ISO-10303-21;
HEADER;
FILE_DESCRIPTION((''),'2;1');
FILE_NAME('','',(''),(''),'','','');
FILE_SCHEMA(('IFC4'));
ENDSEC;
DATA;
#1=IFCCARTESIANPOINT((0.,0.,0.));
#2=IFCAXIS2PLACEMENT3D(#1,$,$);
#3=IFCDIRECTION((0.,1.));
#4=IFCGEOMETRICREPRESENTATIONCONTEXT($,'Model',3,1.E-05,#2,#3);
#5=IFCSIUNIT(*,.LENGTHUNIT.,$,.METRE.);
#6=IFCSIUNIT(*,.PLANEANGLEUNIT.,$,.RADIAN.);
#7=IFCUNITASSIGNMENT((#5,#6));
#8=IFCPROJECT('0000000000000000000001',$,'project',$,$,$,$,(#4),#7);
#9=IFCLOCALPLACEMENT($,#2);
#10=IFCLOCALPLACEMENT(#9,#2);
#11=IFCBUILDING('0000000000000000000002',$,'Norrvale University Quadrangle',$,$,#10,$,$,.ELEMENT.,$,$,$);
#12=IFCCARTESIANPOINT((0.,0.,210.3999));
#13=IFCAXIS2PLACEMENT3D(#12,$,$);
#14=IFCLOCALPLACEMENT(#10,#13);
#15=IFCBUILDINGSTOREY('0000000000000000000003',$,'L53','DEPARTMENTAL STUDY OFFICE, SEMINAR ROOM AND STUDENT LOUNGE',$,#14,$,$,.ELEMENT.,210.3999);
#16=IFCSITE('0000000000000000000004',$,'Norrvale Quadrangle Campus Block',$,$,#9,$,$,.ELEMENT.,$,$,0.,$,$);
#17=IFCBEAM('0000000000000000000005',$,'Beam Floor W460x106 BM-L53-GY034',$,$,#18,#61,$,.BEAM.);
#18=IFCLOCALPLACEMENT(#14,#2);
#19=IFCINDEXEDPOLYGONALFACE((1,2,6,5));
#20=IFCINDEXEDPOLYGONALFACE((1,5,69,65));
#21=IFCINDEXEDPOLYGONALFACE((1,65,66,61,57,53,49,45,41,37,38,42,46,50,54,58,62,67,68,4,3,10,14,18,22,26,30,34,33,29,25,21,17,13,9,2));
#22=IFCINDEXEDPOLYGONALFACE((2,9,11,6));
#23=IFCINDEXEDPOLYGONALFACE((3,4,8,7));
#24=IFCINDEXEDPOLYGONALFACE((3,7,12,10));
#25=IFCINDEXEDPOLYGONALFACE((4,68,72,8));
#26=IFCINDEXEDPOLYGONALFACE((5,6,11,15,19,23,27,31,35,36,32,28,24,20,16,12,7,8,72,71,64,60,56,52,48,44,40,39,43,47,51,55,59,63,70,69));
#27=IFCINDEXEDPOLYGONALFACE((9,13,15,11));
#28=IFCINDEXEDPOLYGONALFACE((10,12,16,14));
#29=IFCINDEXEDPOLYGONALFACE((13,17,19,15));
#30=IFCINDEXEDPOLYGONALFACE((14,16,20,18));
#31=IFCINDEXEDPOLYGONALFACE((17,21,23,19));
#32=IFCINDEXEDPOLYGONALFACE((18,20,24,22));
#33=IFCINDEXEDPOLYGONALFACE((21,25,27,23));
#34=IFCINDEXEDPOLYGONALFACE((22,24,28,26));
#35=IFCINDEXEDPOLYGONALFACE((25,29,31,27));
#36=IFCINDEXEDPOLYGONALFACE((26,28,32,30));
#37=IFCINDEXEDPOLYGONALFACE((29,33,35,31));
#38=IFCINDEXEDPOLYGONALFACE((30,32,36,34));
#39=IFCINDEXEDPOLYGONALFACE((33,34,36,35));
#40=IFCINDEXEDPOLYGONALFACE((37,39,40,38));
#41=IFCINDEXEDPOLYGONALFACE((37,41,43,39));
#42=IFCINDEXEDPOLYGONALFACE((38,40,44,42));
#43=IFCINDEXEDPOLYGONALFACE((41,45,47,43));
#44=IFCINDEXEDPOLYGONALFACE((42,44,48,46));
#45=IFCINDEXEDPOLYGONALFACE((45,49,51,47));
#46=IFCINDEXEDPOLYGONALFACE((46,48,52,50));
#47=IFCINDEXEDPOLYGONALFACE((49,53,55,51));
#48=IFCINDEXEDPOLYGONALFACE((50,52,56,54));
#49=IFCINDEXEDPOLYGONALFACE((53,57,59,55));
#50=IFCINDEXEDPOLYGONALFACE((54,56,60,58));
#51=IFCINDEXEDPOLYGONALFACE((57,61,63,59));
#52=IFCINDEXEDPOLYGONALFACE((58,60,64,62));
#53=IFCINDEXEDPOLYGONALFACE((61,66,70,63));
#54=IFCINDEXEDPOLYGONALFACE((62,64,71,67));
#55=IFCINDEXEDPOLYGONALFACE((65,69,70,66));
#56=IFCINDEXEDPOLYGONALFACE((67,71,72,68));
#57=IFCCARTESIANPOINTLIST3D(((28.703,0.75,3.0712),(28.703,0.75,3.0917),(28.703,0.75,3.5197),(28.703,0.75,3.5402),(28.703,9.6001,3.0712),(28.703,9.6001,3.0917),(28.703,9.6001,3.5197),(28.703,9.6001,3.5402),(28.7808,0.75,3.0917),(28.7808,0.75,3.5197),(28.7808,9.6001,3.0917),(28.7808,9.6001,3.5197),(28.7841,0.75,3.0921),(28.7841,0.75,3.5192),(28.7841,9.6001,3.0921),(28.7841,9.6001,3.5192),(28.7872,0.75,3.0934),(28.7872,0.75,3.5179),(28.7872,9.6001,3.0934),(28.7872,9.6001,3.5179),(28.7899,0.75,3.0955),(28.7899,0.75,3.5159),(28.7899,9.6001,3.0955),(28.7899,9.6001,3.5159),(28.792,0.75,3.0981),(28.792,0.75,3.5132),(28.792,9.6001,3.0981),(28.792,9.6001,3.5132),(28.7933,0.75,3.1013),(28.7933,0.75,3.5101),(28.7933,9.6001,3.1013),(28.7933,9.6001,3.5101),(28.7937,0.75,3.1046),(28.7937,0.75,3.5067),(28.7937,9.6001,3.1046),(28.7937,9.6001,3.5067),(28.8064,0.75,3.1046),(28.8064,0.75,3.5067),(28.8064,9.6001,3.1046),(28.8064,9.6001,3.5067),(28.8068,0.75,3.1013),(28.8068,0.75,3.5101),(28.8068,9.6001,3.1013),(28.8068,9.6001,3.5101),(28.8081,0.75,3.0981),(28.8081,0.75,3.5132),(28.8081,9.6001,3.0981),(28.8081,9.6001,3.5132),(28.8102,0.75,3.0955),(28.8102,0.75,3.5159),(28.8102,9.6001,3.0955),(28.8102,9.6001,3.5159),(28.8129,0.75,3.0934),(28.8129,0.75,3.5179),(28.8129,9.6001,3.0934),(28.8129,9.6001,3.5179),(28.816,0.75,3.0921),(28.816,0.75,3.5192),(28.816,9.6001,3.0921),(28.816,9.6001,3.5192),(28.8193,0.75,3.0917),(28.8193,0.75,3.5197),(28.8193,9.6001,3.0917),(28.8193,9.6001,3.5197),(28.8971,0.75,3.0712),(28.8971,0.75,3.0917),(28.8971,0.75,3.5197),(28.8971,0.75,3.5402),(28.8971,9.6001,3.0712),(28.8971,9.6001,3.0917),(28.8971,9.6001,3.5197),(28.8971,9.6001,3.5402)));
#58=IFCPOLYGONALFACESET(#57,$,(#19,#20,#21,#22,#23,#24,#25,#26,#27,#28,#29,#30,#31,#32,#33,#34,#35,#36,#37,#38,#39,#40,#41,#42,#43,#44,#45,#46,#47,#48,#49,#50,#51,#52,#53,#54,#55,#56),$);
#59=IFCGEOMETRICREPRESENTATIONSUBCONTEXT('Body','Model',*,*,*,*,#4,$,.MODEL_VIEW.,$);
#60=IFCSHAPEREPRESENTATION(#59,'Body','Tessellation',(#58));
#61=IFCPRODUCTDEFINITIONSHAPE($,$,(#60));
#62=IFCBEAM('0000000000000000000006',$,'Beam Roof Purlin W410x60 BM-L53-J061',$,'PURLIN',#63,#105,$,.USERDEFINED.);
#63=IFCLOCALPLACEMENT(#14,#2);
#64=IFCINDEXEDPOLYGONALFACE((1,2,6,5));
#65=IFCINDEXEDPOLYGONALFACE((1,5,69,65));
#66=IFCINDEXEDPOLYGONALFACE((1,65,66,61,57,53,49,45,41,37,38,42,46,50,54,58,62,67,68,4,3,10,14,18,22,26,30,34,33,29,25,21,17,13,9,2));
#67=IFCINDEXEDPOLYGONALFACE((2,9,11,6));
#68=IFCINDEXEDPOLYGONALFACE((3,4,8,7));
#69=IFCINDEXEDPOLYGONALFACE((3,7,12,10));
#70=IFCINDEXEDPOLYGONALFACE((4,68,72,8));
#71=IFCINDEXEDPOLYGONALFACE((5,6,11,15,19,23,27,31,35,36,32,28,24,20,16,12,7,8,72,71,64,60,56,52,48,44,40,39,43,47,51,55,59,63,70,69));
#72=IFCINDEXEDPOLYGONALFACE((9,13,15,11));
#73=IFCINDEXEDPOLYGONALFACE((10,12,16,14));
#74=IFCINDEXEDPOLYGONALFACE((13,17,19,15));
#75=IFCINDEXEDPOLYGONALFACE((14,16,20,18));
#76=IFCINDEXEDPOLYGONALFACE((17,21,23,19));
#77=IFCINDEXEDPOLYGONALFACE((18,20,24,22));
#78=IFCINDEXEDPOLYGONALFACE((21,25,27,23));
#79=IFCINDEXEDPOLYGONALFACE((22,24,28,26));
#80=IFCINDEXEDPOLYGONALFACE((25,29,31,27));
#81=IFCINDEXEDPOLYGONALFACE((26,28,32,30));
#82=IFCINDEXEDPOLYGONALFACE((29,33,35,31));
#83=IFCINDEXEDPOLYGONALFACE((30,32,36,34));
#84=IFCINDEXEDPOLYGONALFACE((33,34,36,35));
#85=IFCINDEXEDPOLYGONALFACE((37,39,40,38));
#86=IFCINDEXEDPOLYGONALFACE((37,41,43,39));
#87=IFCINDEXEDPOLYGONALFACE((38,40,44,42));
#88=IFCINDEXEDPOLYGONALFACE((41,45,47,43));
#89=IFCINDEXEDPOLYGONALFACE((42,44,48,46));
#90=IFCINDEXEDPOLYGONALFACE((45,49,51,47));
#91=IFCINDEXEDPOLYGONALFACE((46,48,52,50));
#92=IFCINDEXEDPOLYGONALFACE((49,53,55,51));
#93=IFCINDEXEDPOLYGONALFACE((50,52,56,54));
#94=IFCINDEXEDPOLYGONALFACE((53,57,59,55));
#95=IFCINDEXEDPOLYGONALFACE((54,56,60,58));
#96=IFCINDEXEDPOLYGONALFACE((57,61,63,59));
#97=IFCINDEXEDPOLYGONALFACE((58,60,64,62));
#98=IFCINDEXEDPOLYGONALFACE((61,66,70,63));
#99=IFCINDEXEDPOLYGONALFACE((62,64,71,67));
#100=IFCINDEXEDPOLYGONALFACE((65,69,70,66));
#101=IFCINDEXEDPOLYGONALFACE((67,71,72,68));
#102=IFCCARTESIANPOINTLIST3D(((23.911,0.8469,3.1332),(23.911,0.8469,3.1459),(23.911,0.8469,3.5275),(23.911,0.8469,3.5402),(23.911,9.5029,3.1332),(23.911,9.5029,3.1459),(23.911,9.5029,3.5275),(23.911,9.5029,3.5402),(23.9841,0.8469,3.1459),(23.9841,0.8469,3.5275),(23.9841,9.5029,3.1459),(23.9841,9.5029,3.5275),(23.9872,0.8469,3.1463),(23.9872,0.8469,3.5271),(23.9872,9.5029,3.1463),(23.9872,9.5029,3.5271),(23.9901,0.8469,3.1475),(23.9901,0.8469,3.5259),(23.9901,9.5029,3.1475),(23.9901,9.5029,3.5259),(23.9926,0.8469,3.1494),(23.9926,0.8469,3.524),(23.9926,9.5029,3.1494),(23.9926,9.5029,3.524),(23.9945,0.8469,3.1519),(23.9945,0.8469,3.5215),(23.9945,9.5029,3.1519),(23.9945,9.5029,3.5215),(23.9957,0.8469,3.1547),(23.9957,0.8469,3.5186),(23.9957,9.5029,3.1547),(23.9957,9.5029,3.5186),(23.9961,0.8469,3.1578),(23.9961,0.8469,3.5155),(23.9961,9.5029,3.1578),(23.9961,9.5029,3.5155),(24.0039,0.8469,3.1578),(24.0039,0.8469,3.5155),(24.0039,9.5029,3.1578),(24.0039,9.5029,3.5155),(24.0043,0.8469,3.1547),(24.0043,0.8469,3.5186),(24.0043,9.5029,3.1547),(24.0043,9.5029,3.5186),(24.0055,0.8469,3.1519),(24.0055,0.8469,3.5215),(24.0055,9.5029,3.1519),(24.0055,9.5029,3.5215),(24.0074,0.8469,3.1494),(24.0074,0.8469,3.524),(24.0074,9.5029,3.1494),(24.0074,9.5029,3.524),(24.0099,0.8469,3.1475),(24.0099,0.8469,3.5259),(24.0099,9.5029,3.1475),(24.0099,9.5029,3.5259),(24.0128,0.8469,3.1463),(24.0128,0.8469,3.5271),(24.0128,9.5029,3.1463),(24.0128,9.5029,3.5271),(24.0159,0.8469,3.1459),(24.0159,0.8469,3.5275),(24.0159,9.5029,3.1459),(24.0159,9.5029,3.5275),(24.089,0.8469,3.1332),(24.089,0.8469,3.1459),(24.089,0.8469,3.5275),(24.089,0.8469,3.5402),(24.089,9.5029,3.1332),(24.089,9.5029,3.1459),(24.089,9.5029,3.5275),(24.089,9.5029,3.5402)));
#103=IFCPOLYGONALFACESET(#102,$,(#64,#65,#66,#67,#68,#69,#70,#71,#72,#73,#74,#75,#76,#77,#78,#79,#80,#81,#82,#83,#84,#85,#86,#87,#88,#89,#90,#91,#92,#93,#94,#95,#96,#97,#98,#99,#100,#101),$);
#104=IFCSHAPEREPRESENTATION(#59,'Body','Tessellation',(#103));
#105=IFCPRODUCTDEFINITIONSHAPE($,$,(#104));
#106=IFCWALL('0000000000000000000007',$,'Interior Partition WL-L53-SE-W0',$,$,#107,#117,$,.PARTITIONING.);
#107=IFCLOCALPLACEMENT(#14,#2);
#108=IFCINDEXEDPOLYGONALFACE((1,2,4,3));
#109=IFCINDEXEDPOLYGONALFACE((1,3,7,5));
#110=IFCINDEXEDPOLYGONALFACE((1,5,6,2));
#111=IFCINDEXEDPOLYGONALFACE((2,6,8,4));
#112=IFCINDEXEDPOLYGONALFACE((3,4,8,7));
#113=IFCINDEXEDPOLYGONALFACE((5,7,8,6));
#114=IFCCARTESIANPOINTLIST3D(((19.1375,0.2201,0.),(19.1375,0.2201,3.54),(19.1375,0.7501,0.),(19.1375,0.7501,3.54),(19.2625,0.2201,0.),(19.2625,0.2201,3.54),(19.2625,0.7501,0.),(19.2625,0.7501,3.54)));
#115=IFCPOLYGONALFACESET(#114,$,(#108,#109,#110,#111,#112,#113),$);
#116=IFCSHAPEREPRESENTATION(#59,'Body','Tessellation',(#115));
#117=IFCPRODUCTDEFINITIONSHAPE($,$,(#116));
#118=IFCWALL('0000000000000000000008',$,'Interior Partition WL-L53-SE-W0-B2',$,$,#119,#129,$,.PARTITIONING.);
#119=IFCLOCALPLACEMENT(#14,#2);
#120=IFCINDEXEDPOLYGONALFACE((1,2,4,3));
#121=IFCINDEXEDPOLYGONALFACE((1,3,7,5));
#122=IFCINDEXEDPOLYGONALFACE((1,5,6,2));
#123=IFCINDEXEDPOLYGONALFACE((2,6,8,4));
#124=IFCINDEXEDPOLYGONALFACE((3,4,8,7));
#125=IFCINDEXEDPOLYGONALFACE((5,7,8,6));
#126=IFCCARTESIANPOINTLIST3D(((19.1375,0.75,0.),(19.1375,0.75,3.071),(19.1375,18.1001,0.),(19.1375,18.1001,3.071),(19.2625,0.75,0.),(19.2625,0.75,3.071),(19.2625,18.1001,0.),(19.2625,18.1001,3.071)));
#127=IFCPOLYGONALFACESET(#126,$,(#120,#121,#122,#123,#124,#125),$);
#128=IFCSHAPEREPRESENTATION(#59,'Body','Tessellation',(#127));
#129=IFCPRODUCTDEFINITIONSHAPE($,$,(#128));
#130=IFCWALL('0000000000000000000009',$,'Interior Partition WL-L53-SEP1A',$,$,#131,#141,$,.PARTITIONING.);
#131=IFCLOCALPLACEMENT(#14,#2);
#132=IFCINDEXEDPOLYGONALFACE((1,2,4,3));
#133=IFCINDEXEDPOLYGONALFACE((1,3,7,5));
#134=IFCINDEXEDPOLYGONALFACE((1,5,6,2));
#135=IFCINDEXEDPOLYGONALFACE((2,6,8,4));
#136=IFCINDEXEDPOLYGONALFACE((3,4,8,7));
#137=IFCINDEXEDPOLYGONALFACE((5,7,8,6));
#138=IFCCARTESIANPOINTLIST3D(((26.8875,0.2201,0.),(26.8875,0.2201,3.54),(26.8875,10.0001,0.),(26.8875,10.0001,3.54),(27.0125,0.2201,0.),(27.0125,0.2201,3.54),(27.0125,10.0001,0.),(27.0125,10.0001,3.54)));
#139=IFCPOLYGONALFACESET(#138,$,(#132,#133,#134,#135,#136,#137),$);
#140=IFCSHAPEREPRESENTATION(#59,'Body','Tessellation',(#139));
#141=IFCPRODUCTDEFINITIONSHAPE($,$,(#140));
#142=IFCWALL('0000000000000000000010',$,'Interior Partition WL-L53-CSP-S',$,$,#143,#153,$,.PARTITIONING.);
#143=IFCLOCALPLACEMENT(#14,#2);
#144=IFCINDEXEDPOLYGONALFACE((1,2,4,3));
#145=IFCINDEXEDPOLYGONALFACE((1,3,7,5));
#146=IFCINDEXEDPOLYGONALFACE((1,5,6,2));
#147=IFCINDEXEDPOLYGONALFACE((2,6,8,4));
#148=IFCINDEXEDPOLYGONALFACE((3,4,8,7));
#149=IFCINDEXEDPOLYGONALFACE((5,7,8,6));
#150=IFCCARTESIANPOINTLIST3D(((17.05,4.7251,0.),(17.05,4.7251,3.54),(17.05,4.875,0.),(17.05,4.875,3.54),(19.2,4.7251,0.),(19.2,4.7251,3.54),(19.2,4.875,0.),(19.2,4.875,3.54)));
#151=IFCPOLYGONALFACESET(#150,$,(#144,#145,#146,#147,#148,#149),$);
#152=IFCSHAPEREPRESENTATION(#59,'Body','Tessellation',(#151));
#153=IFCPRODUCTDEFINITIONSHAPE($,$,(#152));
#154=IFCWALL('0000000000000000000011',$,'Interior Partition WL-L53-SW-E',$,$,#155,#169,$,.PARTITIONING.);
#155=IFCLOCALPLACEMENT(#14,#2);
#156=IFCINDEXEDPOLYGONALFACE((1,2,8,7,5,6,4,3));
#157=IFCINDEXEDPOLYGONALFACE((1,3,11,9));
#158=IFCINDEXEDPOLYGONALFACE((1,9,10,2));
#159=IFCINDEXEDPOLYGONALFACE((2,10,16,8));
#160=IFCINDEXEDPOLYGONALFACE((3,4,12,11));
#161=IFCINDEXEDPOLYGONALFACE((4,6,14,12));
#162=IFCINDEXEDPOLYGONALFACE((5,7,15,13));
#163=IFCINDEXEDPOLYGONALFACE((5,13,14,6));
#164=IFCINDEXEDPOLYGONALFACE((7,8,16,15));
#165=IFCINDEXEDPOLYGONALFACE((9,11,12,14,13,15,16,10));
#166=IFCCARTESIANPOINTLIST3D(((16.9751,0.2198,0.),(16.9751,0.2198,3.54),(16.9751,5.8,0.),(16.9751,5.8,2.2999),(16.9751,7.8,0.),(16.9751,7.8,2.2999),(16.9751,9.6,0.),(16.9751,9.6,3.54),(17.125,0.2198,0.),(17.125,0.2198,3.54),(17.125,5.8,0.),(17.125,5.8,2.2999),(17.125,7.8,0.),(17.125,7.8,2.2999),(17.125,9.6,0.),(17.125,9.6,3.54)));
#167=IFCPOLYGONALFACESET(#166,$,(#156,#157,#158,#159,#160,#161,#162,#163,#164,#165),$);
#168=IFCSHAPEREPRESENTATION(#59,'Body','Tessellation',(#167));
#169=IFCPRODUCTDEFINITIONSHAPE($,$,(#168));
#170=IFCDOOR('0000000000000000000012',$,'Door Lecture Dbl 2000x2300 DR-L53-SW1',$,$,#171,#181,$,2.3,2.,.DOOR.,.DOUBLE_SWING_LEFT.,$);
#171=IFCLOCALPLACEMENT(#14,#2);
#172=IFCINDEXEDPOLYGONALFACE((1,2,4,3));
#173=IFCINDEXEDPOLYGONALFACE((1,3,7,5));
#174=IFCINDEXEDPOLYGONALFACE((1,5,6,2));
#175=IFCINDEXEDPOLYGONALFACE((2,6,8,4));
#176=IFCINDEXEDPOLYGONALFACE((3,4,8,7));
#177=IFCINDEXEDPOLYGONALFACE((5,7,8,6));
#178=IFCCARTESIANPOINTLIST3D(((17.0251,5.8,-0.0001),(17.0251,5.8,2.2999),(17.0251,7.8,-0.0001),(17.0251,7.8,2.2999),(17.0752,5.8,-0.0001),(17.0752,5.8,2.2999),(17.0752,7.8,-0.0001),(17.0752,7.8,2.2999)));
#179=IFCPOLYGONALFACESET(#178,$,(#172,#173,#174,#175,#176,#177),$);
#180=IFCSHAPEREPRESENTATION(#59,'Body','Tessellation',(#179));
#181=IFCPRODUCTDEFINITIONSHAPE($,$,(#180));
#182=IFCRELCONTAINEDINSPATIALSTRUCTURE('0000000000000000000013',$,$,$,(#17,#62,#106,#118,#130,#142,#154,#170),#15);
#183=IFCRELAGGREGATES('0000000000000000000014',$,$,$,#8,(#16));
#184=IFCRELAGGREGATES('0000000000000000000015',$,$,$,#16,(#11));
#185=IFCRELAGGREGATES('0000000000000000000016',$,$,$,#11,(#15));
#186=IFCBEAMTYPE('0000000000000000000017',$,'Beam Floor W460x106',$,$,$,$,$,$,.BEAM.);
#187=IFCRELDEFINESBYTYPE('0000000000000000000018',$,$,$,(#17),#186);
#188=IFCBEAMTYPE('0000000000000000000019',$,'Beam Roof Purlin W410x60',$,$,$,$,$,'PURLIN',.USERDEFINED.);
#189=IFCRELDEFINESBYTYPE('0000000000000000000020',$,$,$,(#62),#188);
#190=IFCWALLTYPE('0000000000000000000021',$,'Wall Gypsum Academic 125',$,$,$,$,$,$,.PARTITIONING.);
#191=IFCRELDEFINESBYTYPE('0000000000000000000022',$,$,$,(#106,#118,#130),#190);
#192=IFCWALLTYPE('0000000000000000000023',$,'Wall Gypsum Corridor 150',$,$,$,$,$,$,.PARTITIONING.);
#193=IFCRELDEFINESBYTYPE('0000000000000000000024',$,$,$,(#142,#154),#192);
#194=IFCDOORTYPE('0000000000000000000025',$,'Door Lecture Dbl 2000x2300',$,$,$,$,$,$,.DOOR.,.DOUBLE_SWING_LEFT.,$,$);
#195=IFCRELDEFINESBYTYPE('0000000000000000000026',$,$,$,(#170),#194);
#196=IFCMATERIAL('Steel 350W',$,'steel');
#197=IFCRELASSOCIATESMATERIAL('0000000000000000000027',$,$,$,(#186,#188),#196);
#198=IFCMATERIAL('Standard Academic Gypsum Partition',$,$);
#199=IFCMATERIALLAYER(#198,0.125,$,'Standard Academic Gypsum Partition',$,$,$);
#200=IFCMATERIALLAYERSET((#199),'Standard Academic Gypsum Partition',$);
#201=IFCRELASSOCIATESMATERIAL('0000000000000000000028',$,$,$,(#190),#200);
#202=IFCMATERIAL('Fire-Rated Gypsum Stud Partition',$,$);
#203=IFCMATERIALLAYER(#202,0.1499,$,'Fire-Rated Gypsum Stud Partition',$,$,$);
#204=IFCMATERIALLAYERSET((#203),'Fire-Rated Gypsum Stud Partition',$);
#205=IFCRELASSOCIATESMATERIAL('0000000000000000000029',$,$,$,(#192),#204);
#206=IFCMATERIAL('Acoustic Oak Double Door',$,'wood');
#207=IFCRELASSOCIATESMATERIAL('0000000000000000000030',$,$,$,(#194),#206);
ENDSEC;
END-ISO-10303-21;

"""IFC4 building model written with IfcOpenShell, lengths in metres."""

from ifc_helpers import new_model, si_unit, direction, frame, frame_2d, origin, origin_2d, place, context, subcontext, project, spatial, rectangle, i_section, extrude, material, layer, layer_set, material_profile, profile_set, type_object, element, fill, save


model = new_model("IFC4")

# Units and contexts
model_context = context("Model", 3, precision=1e-05, world=origin(), true_north=direction((0.0, 1.0)))
body_context = subcontext(model_context, "Body", "Model", "MODEL_VIEW")
ifc_project = project(units=[si_unit("LENGTHUNIT", "METRE"), si_unit("PLANEANGLEUNIT", "RADIAN")], contexts=[model_context])

# Site, building, storey
site_placement = place(None, origin())
site = spatial("IfcSite", under=ifc_project, at=site_placement, Name="Norrvale Quadrangle Campus Block", CompositionType="ELEMENT", RefElevation=0.0)
building_placement = place(site_placement, origin())
building = spatial("IfcBuilding", under=site, at=building_placement, Name="Norrvale University Quadrangle", CompositionType="ELEMENT")
storey_placement = place(building_placement, frame((0.0, 0.0, 210.3999)))
storey = spatial("IfcBuildingStorey", under=building, at=storey_placement, Name="L53", Description="DEPARTMENTAL STUDY OFFICE, SEMINAR ROOM AND STUDENT LOUNGE", CompositionType="ELEMENT", Elevation=210.3999)

# Beams
ifc_material_1 = material(Name="Steel 350W", Category="steel")
ifc_material_profile_1 = material_profile(ifc_material_1, i_section(OverallWidth=0.1941, OverallDepth=0.469, WebThickness=0.0127, FlangeThickness=0.0205, FilletRadius=0.0129, at=origin_2d()), Name="Steel 350W")
ifc_profile_set_1 = profile_set([ifc_material_profile_1], Name="Steel 350W")
beam_type_1 = type_object("IfcBeamType", Name="Beam Floor W460x106", PredefinedType="BEAM", material=ifc_profile_set_1)
beam_1_placement = place(storey_placement, frame((28.8, 0.75, 3.3057), z_axis=(0.0, 1.0, 0.0), x_axis=(-1.0, 0.0, 0.0)))
element("IfcBeam", 1, at=beam_1_placement, inside=storey, type_object=beam_type_1, Name="Beam Floor W460x106 BM-L53-GY034", PredefinedType="BEAM", context=body_context, shape_type="SweptSolid", body=[
    extrude(i_section(OverallWidth=0.1941, OverallDepth=0.469, WebThickness=0.0127, FlangeThickness=0.0205, FilletRadius=0.0129, at=origin_2d()), origin(), (0.0, 0.0, 1.0), 8.8501),
])
ifc_material_profile_2 = material_profile(ifc_material_1, i_section(OverallWidth=0.178, OverallDepth=0.407, WebThickness=0.0078, FlangeThickness=0.0127, FilletRadius=0.012, at=origin_2d()), Name="Steel 350W")
ifc_profile_set_2 = profile_set([ifc_material_profile_2], Name="Steel 350W")
beam_type_2 = type_object("IfcBeamType", Name="Beam Roof Purlin W410x60", ElementType="PURLIN", PredefinedType="USERDEFINED", material=ifc_profile_set_2)
beam_2_placement = place(storey_placement, frame((24.0, 0.8469, 3.3367), z_axis=(0.0, 1.0, 0.0), x_axis=(-1.0, 0.0, 0.0)))
element("IfcBeam", 2, at=beam_2_placement, inside=storey, type_object=beam_type_2, Name="Beam Roof Purlin W410x60 BM-L53-J061", ObjectType="PURLIN", PredefinedType="USERDEFINED", context=body_context, shape_type="SweptSolid", body=[
    extrude(i_section(OverallWidth=0.178, OverallDepth=0.407, WebThickness=0.0078, FlangeThickness=0.0127, FilletRadius=0.012, at=origin_2d()), origin(), (0.0, 0.0, 1.0), 8.656),
])

# Walls
ifc_material_2 = material(Name="Standard Academic Gypsum Partition")
ifc_layer_1 = layer(ifc_material_2, 0.125, Name="Standard Academic Gypsum Partition")
ifc_layer_set_1 = layer_set([ifc_layer_1], Name="Standard Academic Gypsum Partition")
wall_type_1 = type_object("IfcWallType", Name="Wall Gypsum Academic 125", PredefinedType="PARTITIONING", material=ifc_layer_set_1)
wall_1_placement = place(storey_placement, frame((19.2, 0.22, 0.0), z_axis=(0.0, 0.0, 1.0), x_axis=(0.0, 1.0, 0.0)))
element("IfcWall", 3, at=wall_1_placement, inside=storey, type_object=wall_type_1, Name="Interior Partition WL-L53-SE-W0", PredefinedType="PARTITIONING", context=body_context, shape_type="SweptSolid", body=[
    extrude(rectangle(XDim=0.53, YDim=0.125, at=frame_2d((0.2651, 0.0))), origin(), (0.0, 0.0, 1.0), 3.54),
])
wall_2_placement = place(storey_placement, frame((19.2, 0.75, 0.0), z_axis=(0.0, 0.0, 1.0), x_axis=(0.0, 1.0, 0.0)))
element("IfcWall", 4, at=wall_2_placement, inside=storey, type_object=wall_type_1, Name="Interior Partition WL-L53-SE-W0-B2", PredefinedType="PARTITIONING", context=body_context, shape_type="SweptSolid", body=[
    extrude(rectangle(XDim=17.3501, YDim=0.125, at=frame_2d((8.675, 0.0))), origin(), (0.0, 0.0, 1.0), 3.071),
])
wall_3_placement = place(storey_placement, frame((26.95, 0.22, 0.0), z_axis=(0.0, 0.0, 1.0), x_axis=(0.0, 1.0, 0.0)))
element("IfcWall", 5, at=wall_3_placement, inside=storey, type_object=wall_type_1, Name="Interior Partition WL-L53-SEP1A", PredefinedType="PARTITIONING", context=body_context, shape_type="SweptSolid", body=[
    extrude(rectangle(XDim=9.78, YDim=0.125, at=frame_2d((4.8901, 0.0))), origin(), (0.0, 0.0, 1.0), 3.54),
])
ifc_material_3 = material(Name="Fire-Rated Gypsum Stud Partition")
ifc_layer_2 = layer(ifc_material_3, 0.1499, Name="Fire-Rated Gypsum Stud Partition")
ifc_layer_set_2 = layer_set([ifc_layer_2], Name="Fire-Rated Gypsum Stud Partition")
wall_type_2 = type_object("IfcWallType", Name="Wall Gypsum Corridor 150", PredefinedType="PARTITIONING", material=ifc_layer_set_2)
wall_4_placement = place(storey_placement, frame((17.05, 4.8, 0.0), z_axis=(0.0, 0.0, 1.0), x_axis=(1.0, 0.0, 0.0)))
element("IfcWall", 6, at=wall_4_placement, inside=storey, type_object=wall_type_2, Name="Interior Partition WL-L53-CSP-S", PredefinedType="PARTITIONING", context=body_context, shape_type="SweptSolid", body=[
    extrude(rectangle(XDim=2.1499, YDim=0.1499, at=frame_2d((1.075, 0.0))), origin(), (0.0, 0.0, 1.0), 3.54),
])

# Wall, opening, door
wall_5_placement = place(storey_placement, frame((17.05, 0.22, 0.0), z_axis=(0.0, 0.0, 1.0), x_axis=(0.0, 1.0, 0.0)))
wall_5 = element("IfcWall", 7, at=wall_5_placement, inside=storey, type_object=wall_type_2, Name="Interior Partition WL-L53-SW-E", PredefinedType="PARTITIONING", context=body_context, shape_type="SweptSolid", body=[
    extrude(rectangle(XDim=9.3801, YDim=0.1499, at=frame_2d((4.6899, 0.0))), origin(), (0.0, 0.0, 1.0), 3.54),
])
opening_placement = place(wall_5_placement, frame((5.5801, 0.0, 0.0)))
opening = element("IfcOpeningElement", 8, at=opening_placement, cuts=wall_5, PredefinedType="OPENING", context=body_context, shape_type="SweptSolid", body=[
    extrude(rectangle(XDim=2.0, YDim=2.3, at=frame_2d((1.0, 1.1499))), frame((0.0, 0.0869, 0.0), z_axis=(0.0, -1.0, 0.0), x_axis=(1.0, 0.0, 0.0)), (0.0, 0.0, 1.0), 0.1738),
])
ifc_material_4 = material(Name="Acoustic Oak Double Door", Category="wood")
door_type = type_object("IfcDoorType", Name="Door Lecture Dbl 2000x2300", OperationType="DOUBLE_SWING_LEFT", PredefinedType="DOOR", material=ifc_material_4)
door_placement = place(opening_placement, origin())
door = element("IfcDoor", 9, at=door_placement, inside=storey, type_object=door_type, Name="Door Lecture Dbl 2000x2300 DR-L53-SW1", OperationType="DOUBLE_SWING_LEFT", OverallHeight=2.3, OverallWidth=2.0, PredefinedType="DOOR", context=body_context, shape_type="SweptSolid", body=[
    extrude(rectangle(XDim=2.0, YDim=2.3, at=frame_2d((1.0, 1.1499))), frame((0.0, 0.0249, 0.0), z_axis=(0.0, -1.0, 0.0), x_axis=(1.0, 0.0, 0.0)), (0.0, 0.0, 1.0), 0.05),
])
fill(opening, door)

save(model, "model.ifc")
